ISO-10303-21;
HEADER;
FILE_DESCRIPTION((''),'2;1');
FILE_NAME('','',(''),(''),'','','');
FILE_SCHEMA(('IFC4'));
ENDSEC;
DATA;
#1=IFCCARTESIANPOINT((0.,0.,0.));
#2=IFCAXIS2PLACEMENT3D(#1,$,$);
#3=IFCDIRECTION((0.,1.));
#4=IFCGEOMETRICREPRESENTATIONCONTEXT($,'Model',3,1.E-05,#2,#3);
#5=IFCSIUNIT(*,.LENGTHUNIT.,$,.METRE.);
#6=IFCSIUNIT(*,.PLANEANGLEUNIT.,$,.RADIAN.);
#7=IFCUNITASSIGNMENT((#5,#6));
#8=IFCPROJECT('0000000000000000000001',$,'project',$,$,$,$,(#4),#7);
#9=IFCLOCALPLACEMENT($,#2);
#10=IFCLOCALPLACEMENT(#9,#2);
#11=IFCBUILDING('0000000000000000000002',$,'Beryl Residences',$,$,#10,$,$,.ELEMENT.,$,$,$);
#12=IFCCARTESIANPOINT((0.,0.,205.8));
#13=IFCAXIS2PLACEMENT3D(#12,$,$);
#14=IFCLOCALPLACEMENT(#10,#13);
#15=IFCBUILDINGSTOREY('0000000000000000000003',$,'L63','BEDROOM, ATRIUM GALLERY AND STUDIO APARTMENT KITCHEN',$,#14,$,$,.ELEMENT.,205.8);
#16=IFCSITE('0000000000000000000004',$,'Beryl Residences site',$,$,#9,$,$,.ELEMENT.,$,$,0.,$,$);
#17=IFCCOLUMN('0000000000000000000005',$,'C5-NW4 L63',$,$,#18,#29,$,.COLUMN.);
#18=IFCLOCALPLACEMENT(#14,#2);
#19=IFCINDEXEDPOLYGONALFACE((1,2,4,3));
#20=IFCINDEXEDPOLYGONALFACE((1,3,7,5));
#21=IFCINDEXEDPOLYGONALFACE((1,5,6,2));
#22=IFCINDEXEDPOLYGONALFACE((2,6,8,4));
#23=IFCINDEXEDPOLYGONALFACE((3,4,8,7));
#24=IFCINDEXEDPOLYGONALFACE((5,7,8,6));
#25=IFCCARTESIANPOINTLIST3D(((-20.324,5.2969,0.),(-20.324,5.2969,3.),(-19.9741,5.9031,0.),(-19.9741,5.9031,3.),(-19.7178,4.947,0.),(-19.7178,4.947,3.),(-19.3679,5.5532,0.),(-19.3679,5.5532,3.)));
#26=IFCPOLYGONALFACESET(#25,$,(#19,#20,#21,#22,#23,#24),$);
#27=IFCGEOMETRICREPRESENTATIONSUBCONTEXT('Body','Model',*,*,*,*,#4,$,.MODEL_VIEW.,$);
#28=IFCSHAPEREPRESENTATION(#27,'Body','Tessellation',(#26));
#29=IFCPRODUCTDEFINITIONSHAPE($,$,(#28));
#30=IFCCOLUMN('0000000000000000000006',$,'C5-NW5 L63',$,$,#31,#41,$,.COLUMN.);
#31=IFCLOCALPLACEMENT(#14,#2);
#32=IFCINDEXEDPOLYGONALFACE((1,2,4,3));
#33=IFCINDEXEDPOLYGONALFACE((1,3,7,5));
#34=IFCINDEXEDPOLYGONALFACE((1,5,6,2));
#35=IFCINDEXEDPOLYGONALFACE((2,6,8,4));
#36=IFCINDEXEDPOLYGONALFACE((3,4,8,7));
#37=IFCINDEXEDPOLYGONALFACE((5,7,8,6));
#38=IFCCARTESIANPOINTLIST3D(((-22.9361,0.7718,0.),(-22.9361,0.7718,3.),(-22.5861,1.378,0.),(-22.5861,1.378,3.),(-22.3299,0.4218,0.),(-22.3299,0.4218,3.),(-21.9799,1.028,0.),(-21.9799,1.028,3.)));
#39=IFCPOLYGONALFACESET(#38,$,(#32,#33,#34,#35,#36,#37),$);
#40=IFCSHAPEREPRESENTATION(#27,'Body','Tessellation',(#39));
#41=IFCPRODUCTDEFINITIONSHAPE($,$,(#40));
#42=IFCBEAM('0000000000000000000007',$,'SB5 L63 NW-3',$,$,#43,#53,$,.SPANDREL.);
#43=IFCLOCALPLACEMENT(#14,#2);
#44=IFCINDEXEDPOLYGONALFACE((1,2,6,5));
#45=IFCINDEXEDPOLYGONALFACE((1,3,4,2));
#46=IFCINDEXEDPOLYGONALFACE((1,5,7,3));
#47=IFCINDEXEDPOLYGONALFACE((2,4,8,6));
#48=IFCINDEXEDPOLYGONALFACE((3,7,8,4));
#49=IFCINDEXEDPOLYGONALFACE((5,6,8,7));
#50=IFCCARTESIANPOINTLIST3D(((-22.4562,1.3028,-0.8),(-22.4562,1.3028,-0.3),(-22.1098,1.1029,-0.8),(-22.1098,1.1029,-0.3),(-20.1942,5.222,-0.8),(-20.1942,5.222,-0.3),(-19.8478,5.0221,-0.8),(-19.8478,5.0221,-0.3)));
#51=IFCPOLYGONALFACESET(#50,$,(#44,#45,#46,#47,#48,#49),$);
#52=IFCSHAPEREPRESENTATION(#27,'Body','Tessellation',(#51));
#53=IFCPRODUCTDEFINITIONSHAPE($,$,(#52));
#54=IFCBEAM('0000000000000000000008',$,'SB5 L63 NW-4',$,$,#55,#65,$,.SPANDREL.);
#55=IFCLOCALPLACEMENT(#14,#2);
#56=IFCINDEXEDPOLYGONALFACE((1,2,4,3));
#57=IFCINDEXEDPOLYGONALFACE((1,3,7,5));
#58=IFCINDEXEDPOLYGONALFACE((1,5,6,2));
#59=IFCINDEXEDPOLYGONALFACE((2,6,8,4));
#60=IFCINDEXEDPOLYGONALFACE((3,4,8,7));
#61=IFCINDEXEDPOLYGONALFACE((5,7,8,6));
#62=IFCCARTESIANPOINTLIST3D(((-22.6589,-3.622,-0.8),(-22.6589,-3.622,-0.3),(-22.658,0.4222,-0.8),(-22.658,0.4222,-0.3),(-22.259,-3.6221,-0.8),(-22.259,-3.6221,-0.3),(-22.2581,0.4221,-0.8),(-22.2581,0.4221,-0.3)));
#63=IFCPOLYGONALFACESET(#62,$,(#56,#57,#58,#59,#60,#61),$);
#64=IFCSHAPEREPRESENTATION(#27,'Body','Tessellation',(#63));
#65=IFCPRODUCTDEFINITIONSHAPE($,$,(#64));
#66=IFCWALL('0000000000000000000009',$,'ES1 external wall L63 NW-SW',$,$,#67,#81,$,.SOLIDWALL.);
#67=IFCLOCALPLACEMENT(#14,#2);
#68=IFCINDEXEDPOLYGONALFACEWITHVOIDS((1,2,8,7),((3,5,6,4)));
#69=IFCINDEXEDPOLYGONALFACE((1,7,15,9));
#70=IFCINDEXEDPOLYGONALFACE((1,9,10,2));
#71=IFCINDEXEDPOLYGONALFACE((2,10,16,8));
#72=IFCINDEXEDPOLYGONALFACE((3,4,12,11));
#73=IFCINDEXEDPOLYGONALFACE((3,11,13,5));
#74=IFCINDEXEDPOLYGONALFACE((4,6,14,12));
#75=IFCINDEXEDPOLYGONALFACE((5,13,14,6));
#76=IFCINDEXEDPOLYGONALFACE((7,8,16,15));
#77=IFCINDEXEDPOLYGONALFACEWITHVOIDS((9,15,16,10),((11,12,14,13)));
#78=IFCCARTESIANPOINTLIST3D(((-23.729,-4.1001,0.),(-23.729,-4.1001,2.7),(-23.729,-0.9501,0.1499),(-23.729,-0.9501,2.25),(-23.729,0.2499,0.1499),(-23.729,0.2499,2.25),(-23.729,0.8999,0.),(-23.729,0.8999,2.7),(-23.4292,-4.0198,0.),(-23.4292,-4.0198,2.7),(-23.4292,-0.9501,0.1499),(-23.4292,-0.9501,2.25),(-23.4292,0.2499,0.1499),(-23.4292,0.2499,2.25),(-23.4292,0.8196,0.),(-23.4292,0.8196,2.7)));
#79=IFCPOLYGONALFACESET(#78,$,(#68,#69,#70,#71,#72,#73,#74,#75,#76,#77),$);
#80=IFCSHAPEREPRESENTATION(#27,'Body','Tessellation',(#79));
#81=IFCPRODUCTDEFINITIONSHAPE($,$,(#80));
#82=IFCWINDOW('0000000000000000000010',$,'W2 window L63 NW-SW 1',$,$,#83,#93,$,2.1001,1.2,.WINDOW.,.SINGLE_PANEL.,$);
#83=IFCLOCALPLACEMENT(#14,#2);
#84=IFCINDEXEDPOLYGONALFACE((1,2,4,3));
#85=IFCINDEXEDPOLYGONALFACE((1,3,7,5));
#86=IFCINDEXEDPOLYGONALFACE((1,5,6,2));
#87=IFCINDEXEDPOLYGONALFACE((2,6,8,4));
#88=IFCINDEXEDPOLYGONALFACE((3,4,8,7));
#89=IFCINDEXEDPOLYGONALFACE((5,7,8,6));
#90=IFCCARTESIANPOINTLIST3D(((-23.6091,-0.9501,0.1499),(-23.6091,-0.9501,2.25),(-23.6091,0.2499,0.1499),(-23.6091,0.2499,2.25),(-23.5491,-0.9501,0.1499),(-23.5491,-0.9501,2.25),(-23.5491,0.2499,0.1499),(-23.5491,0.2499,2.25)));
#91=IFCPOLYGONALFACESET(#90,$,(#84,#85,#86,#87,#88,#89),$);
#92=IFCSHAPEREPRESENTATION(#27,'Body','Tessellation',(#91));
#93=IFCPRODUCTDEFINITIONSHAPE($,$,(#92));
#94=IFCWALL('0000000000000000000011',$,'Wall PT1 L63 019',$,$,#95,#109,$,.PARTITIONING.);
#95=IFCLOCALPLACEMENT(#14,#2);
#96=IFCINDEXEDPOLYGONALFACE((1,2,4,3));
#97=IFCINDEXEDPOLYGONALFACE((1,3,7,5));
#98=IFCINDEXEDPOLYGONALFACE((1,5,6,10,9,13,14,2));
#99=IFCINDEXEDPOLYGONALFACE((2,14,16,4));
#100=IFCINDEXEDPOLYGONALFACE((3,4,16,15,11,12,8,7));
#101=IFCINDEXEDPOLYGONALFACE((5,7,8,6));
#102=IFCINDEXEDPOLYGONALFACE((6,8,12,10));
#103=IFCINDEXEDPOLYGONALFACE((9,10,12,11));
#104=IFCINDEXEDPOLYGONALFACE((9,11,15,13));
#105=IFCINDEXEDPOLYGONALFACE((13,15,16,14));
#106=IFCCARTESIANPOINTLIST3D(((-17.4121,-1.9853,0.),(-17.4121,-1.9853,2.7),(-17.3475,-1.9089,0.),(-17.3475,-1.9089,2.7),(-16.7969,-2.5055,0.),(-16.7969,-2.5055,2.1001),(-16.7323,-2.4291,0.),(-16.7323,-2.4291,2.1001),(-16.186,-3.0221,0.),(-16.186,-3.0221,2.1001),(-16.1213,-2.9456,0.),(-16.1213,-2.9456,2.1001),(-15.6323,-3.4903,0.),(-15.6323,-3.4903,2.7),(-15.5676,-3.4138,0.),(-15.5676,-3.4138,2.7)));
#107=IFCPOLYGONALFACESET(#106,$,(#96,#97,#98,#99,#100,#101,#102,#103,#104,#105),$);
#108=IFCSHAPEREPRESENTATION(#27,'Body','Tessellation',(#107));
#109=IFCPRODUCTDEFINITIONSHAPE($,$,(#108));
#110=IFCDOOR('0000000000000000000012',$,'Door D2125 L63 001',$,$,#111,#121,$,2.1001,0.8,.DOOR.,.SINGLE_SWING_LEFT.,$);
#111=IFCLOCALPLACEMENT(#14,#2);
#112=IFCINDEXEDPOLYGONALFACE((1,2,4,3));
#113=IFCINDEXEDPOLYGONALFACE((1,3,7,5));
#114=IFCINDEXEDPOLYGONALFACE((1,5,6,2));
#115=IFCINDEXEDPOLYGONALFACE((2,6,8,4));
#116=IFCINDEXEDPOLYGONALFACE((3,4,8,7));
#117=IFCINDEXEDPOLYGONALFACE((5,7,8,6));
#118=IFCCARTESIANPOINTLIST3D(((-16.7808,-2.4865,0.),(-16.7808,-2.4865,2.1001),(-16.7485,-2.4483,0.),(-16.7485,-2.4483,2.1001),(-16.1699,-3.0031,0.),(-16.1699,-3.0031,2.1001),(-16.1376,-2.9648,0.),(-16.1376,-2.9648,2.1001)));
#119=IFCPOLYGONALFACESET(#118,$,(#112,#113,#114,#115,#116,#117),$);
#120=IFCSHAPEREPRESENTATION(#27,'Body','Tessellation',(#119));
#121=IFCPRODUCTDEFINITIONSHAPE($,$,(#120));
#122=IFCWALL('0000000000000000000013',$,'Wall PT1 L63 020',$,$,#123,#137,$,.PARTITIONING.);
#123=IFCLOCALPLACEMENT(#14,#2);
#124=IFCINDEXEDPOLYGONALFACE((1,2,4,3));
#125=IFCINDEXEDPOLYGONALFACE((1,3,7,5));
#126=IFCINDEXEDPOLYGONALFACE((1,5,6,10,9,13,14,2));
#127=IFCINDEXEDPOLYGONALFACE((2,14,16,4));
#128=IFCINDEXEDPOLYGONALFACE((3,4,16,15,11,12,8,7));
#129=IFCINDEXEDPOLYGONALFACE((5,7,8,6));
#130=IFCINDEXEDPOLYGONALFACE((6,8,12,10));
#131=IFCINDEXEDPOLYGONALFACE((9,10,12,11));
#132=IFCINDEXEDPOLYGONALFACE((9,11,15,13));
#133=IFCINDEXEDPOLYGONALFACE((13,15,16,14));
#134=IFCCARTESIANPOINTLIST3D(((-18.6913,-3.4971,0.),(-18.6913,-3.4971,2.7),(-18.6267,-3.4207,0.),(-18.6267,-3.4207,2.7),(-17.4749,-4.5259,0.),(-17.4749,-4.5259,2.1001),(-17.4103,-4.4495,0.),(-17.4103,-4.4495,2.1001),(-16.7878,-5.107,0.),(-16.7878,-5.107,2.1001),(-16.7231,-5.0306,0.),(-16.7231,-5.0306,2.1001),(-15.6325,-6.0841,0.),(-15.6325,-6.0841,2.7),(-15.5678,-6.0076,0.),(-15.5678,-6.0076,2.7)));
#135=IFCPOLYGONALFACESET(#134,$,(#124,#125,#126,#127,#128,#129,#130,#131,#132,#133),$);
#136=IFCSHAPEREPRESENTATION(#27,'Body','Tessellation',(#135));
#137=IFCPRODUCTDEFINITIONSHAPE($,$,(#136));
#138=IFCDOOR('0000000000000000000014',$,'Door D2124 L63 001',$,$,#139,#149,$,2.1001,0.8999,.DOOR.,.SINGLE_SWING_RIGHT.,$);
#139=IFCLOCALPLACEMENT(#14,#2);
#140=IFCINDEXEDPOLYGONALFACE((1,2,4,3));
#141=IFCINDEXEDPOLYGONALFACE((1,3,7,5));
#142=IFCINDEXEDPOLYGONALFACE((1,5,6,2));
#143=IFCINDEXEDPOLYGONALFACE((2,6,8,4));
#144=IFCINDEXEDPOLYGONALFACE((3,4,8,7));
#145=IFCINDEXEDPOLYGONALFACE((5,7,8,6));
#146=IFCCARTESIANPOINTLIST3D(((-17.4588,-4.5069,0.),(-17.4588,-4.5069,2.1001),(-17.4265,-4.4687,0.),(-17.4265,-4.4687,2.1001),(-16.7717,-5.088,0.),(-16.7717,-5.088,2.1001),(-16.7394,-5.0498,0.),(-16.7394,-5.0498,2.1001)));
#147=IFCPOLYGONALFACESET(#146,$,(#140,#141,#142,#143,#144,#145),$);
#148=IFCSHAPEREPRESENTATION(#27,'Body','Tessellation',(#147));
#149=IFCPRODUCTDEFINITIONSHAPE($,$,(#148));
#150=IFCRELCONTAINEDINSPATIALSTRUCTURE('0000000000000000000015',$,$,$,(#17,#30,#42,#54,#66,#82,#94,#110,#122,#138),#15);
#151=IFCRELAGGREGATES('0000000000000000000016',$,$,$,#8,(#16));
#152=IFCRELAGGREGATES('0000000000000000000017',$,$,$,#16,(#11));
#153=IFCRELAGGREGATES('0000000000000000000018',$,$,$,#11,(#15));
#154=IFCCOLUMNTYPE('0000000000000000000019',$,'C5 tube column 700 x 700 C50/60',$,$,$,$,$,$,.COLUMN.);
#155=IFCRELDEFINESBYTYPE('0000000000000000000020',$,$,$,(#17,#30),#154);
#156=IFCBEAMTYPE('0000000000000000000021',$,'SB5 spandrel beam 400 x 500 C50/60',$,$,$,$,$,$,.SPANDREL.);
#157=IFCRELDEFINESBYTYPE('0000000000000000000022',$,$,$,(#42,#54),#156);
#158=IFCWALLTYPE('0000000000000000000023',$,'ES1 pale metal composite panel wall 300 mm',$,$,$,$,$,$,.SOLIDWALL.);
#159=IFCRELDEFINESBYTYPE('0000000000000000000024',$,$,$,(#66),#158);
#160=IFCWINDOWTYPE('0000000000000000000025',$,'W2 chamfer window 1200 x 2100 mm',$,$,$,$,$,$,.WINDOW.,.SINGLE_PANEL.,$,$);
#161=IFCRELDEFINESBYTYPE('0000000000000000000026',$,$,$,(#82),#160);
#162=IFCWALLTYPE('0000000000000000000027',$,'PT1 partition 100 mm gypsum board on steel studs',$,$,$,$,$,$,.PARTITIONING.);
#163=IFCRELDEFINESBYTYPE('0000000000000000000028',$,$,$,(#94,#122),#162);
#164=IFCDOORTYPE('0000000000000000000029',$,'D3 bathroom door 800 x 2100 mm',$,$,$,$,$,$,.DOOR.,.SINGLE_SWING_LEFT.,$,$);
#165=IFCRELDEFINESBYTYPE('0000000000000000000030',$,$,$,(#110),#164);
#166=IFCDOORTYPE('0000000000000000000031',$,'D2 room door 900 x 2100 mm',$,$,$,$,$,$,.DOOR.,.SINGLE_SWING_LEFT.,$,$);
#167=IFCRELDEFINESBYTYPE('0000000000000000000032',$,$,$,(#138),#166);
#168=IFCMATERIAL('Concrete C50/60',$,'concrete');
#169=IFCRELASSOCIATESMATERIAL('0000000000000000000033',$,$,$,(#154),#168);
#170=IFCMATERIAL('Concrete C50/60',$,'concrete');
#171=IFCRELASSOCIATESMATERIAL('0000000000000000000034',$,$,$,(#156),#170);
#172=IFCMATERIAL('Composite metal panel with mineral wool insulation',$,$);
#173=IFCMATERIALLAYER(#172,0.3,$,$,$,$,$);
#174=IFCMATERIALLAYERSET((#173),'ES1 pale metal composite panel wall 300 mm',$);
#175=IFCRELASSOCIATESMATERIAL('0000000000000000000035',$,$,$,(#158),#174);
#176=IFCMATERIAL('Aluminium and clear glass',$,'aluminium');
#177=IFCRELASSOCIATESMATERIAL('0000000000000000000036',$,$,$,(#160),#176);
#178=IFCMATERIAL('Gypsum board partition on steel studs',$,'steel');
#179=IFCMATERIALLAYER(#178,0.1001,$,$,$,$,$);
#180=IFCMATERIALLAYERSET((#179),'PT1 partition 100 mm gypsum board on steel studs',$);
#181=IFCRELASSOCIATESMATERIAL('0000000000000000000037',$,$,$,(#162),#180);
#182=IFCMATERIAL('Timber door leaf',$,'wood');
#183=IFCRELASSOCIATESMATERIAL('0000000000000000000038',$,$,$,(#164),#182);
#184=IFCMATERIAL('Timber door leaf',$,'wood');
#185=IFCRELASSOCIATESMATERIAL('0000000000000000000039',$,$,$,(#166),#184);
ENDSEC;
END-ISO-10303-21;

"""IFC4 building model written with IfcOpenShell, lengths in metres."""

from ifc_helpers import new_model, si_unit, direction, frame, frame_2d, origin, origin_2d, place, context, subcontext, project, spatial, polyline, rectangle, outline, extrude, material, layer, layer_set, material_profile, profile_set, type_object, element, fill, save


model = new_model("IFC4")

# Units and contexts
model_context = context("Model", 3, precision=1e-05, world=origin(), true_north=direction((0.0, 1.0)))
body_context = subcontext(model_context, "Body", "Model", "MODEL_VIEW")
ifc_project = project(units=[si_unit("LENGTHUNIT", "METRE"), si_unit("PLANEANGLEUNIT", "RADIAN")], contexts=[model_context])

# Site, building, storey
site_placement = place(None, origin())
site = spatial("IfcSite", under=ifc_project, at=site_placement, Name="Beryl Residences site", CompositionType="ELEMENT", RefElevation=0.0)
building_placement = place(site_placement, origin())
building = spatial("IfcBuilding", under=site, at=building_placement, Name="Beryl Residences", CompositionType="ELEMENT")
storey_placement = place(building_placement, frame((0.0, 0.0, 205.8)))
storey = spatial("IfcBuildingStorey", under=building, at=storey_placement, Name="L63", Description="BEDROOM, ATRIUM GALLERY AND STUDIO APARTMENT KITCHEN", CompositionType="ELEMENT", Elevation=205.8)

# Columns
ifc_material_1 = material(Name="Concrete C50/60", Category="concrete")
ifc_material_profile_1 = material_profile(ifc_material_1, rectangle(XDim=0.7, YDim=0.7, at=origin_2d()))
ifc_profile_set_1 = profile_set([ifc_material_profile_1], Name="Concrete C50/60")
column_type = type_object("IfcColumnType", Name="C5 tube column 700 x 700 C50/60", PredefinedType="COLUMN", material=ifc_profile_set_1)
for number, where, z_axis, x_axis, name in (
    (1, (-19.8459, 5.425, 0.0), (0.0, 0.0, 1.0), (-0.49997, -0.866043, 0.0), "C5-NW4 L63"),
    (2, (-22.458, 0.8999, 0.0), (0.0, 0.0, 1.0), (-0.49997, -0.866043, 0.0), "C5-NW5 L63"),
):
    element("IfcColumn", number, at=place(storey_placement, frame(where, z_axis=z_axis, x_axis=x_axis)), inside=storey, type_object=column_type, Name=name, PredefinedType="COLUMN", context=body_context, shape_type="SweptSolid", body=[
        extrude(rectangle(XDim=0.7, YDim=0.7, at=origin_2d()), origin(), (0.0, 0.0, 1.0), 3.0),
    ])

# Beams
ifc_material_2 = material(Name="Concrete C50/60", Category="concrete")
ifc_material_profile_2 = material_profile(ifc_material_2, rectangle(XDim=0.3999, YDim=0.5, at=origin_2d()))
ifc_profile_set_2 = profile_set([ifc_material_profile_2], Name="Concrete C50/60")
beam_type = type_object("IfcBeamType", Name="SB5 spandrel beam 400 x 500 C50/60", PredefinedType="SPANDREL", material=ifc_profile_set_2)
beam_1_placement = place(storey_placement, frame((-20.021, 5.1221, -0.55), z_axis=(-0.49987, -0.8661, 0.0), x_axis=(0.8661, -0.49987, 0.0)))
element("IfcBeam", 3, at=beam_1_placement, inside=storey, type_object=beam_type, Name="SB5 L63 NW-3", PredefinedType="SPANDREL", context=body_context, shape_type="SweptSolid", body=[
    extrude(rectangle(XDim=0.3999, YDim=0.5, at=origin_2d()), origin(), (0.0, 0.0, 1.0), 4.5251),
])
beam_2_placement = place(storey_placement, frame((-22.458, 0.4221, -0.55), z_axis=(-0.000241, -1.0, 0.0), x_axis=(1.0, -0.000241, 0.0)))
element("IfcBeam", 4, at=beam_2_placement, inside=storey, type_object=beam_type, Name="SB5 L63 NW-4", PredefinedType="SPANDREL", context=body_context, shape_type="SweptSolid", body=[
    extrude(rectangle(XDim=0.3999, YDim=0.5, at=origin_2d()), origin(), (0.0, 0.0, 1.0), 4.0442),
])

# Wall, opening, window
ifc_material_3 = material(Name="Composite metal panel with mineral wool insulation")
ifc_layer_1 = layer(ifc_material_3, 0.3)
ifc_layer_set_1 = layer_set([ifc_layer_1], Name="ES1 pale metal composite panel wall 300 mm")
wall_type_1 = type_object("IfcWallType", Name="ES1 pale metal composite panel wall 300 mm", PredefinedType="SOLIDWALL", material=ifc_layer_set_1)
wall_1_placement = place(storey_placement, frame((-23.5791, 0.8999, 0.0), z_axis=(0.0, 0.0, 1.0), x_axis=(0.0, -1.0, 0.0)))
wall_1 = element("IfcWall", 5, at=wall_1_placement, inside=storey, type_object=wall_type_1, Name="ES1 external wall L63 NW-SW", PredefinedType="SOLIDWALL", context=body_context, shape_type="SweptSolid", body=[
    extrude(outline(polyline([(0.0, -0.1499), (5.0, -0.1499), (4.9197, 0.1499), (0.0803, 0.1499), (0.0, -0.1499)])), origin(), (0.0, 0.0, 1.0), 2.7),
])
opening_1_placement = place(wall_1_placement, frame((0.6499, 0.0, 0.1499)))
opening_1 = element("IfcOpeningElement", 6, at=opening_1_placement, cuts=wall_1, PredefinedType="OPENING", context=body_context, shape_type="SweptSolid", body=[
    extrude(rectangle(XDim=1.2, YDim=2.1001, at=frame_2d((0.6001, 1.05))), frame((0.0, 0.1599, 0.0), z_axis=(0.0, -1.0, 0.0), x_axis=(1.0, 0.0, 0.0)), (0.0, 0.0, 1.0), 0.3201),
])
ifc_material_4 = material(Name="Aluminium and clear glass", Category="aluminium")
window_type = type_object("IfcWindowType", Name="W2 chamfer window 1200 x 2100 mm", PartitioningType="SINGLE_PANEL", PredefinedType="WINDOW", material=ifc_material_4)
window_placement = place(opening_1_placement, origin())
window = element("IfcWindow", 7, at=window_placement, inside=storey, type_object=window_type, Name="W2 window L63 NW-SW 1", OverallHeight=2.1001, OverallWidth=1.2, PartitioningType="SINGLE_PANEL", PredefinedType="WINDOW", context=body_context, shape_type="SweptSolid", body=[
    extrude(rectangle(XDim=1.2, YDim=2.1001, at=frame_2d((0.6001, 1.05))), frame((0.0, 0.03, 0.0), z_axis=(0.0, -1.0, 0.0), x_axis=(1.0, 0.0, 0.0)), (0.0, 0.0, 1.0), 0.0601),
])
fill(opening_1, window)

# Walls, openings, doors
ifc_material_5 = material(Name="Gypsum board partition on steel studs", Category="steel")
ifc_layer_2 = layer(ifc_material_5, 0.1001)
ifc_layer_set_2 = layer_set([ifc_layer_2], Name="PT1 partition 100 mm gypsum board on steel studs")
wall_type_2 = type_object("IfcWallType", Name="PT1 partition 100 mm gypsum board on steel studs", PredefinedType="PARTITIONING", material=ifc_layer_set_2)
wall_2_placement = place(storey_placement, frame((-17.3799, -1.947, 0.0), z_axis=(0.0, 0.0, 1.0), x_axis=(0.763617, -0.64567, 0.0)))
wall_2 = element("IfcWall", 8, at=wall_2_placement, inside=storey, type_object=wall_type_2, Name="Wall PT1 L63 019", PredefinedType="PARTITIONING", context=body_context, shape_type="SweptSolid", body=[
    extrude(rectangle(XDim=2.3308, YDim=0.1001, at=frame_2d((1.1655, 0.0))), origin(), (0.0, 0.0, 1.0), 2.7),
])
opening_2_placement = place(wall_2_placement, frame((0.8059, 0.0, 0.0)))
opening_2 = element("IfcOpeningElement", 9, at=opening_2_placement, cuts=wall_2, PredefinedType="OPENING", context=body_context, shape_type="SweptSolid", body=[
    extrude(rectangle(XDim=0.8, YDim=2.1001, at=frame_2d((0.3999, 1.05))), frame((0.0, 0.0601, 0.0), z_axis=(0.0, -1.0, 0.0), x_axis=(1.0, 0.0, 0.0)), (0.0, 0.0, 1.0), 0.1201),
])
ifc_material_6 = material(Name="Timber door leaf", Category="wood")
door_type_1 = type_object("IfcDoorType", Name="D3 bathroom door 800 x 2100 mm", OperationType="SINGLE_SWING_LEFT", PredefinedType="DOOR", material=ifc_material_6)
door_1_placement = place(opening_2_placement, origin())
door_1 = element("IfcDoor", 10, at=door_1_placement, inside=storey, type_object=door_type_1, Name="Door D2125 L63 001", OperationType="SINGLE_SWING_LEFT", OverallHeight=2.1001, OverallWidth=0.8, PredefinedType="DOOR", context=body_context, shape_type="SweptSolid", body=[
    extrude(rectangle(XDim=0.8, YDim=2.1001, at=frame_2d((0.3999, 1.05))), frame((0.0, 0.0249, 0.0), z_axis=(0.0, -1.0, 0.0), x_axis=(1.0, 0.0, 0.0)), (0.0, 0.0, 1.0), 0.05),
])
fill(opening_2, door_1)
wall_3_placement = place(storey_placement, frame((-18.6589, -3.459, 0.0), z_axis=(0.0, 0.0, 1.0), x_axis=(0.76355, -0.645748, 0.0)))
wall_3 = element("IfcWall", 11, at=wall_3_placement, inside=storey, type_object=wall_type_2, Name="Wall PT1 L63 020", PredefinedType="PARTITIONING", context=body_context, shape_type="SweptSolid", body=[
    extrude(rectangle(XDim=4.0061, YDim=0.1001, at=frame_2d((2.0029, 0.0))), origin(), (0.0, 0.0, 1.0), 2.7),
])
opening_3_placement = place(wall_3_placement, frame((1.593, 0.0, 0.0)))
opening_3 = element("IfcOpeningElement", 12, at=opening_3_placement, cuts=wall_3, PredefinedType="OPENING", context=body_context, shape_type="SweptSolid", body=[
    extrude(rectangle(XDim=0.8999, YDim=2.1001, at=frame_2d((0.45, 1.05))), frame((0.0, 0.0601, 0.0), z_axis=(0.0, -1.0, 0.0), x_axis=(1.0, 0.0, 0.0)), (0.0, 0.0, 1.0), 0.1201),
])
ifc_material_7 = material(Name="Timber door leaf", Category="wood")
door_type_2 = type_object("IfcDoorType", Name="D2 room door 900 x 2100 mm", OperationType="SINGLE_SWING_LEFT", PredefinedType="DOOR", material=ifc_material_7)
door_2_placement = place(opening_3_placement, origin())
door_2 = element("IfcDoor", 13, at=door_2_placement, inside=storey, type_object=door_type_2, Name="Door D2124 L63 001", OperationType="SINGLE_SWING_RIGHT", OverallHeight=2.1001, OverallWidth=0.8999, PredefinedType="DOOR", context=body_context, shape_type="SweptSolid", body=[
    extrude(rectangle(XDim=0.8999, YDim=2.1001, at=frame_2d((0.45, 1.05))), frame((0.0, 0.0249, 0.0), z_axis=(0.0, -1.0, 0.0), x_axis=(1.0, 0.0, 0.0)), (0.0, 0.0, 1.0), 0.05),
])
fill(opening_3, door_2)

save(model, "model.ifc")
